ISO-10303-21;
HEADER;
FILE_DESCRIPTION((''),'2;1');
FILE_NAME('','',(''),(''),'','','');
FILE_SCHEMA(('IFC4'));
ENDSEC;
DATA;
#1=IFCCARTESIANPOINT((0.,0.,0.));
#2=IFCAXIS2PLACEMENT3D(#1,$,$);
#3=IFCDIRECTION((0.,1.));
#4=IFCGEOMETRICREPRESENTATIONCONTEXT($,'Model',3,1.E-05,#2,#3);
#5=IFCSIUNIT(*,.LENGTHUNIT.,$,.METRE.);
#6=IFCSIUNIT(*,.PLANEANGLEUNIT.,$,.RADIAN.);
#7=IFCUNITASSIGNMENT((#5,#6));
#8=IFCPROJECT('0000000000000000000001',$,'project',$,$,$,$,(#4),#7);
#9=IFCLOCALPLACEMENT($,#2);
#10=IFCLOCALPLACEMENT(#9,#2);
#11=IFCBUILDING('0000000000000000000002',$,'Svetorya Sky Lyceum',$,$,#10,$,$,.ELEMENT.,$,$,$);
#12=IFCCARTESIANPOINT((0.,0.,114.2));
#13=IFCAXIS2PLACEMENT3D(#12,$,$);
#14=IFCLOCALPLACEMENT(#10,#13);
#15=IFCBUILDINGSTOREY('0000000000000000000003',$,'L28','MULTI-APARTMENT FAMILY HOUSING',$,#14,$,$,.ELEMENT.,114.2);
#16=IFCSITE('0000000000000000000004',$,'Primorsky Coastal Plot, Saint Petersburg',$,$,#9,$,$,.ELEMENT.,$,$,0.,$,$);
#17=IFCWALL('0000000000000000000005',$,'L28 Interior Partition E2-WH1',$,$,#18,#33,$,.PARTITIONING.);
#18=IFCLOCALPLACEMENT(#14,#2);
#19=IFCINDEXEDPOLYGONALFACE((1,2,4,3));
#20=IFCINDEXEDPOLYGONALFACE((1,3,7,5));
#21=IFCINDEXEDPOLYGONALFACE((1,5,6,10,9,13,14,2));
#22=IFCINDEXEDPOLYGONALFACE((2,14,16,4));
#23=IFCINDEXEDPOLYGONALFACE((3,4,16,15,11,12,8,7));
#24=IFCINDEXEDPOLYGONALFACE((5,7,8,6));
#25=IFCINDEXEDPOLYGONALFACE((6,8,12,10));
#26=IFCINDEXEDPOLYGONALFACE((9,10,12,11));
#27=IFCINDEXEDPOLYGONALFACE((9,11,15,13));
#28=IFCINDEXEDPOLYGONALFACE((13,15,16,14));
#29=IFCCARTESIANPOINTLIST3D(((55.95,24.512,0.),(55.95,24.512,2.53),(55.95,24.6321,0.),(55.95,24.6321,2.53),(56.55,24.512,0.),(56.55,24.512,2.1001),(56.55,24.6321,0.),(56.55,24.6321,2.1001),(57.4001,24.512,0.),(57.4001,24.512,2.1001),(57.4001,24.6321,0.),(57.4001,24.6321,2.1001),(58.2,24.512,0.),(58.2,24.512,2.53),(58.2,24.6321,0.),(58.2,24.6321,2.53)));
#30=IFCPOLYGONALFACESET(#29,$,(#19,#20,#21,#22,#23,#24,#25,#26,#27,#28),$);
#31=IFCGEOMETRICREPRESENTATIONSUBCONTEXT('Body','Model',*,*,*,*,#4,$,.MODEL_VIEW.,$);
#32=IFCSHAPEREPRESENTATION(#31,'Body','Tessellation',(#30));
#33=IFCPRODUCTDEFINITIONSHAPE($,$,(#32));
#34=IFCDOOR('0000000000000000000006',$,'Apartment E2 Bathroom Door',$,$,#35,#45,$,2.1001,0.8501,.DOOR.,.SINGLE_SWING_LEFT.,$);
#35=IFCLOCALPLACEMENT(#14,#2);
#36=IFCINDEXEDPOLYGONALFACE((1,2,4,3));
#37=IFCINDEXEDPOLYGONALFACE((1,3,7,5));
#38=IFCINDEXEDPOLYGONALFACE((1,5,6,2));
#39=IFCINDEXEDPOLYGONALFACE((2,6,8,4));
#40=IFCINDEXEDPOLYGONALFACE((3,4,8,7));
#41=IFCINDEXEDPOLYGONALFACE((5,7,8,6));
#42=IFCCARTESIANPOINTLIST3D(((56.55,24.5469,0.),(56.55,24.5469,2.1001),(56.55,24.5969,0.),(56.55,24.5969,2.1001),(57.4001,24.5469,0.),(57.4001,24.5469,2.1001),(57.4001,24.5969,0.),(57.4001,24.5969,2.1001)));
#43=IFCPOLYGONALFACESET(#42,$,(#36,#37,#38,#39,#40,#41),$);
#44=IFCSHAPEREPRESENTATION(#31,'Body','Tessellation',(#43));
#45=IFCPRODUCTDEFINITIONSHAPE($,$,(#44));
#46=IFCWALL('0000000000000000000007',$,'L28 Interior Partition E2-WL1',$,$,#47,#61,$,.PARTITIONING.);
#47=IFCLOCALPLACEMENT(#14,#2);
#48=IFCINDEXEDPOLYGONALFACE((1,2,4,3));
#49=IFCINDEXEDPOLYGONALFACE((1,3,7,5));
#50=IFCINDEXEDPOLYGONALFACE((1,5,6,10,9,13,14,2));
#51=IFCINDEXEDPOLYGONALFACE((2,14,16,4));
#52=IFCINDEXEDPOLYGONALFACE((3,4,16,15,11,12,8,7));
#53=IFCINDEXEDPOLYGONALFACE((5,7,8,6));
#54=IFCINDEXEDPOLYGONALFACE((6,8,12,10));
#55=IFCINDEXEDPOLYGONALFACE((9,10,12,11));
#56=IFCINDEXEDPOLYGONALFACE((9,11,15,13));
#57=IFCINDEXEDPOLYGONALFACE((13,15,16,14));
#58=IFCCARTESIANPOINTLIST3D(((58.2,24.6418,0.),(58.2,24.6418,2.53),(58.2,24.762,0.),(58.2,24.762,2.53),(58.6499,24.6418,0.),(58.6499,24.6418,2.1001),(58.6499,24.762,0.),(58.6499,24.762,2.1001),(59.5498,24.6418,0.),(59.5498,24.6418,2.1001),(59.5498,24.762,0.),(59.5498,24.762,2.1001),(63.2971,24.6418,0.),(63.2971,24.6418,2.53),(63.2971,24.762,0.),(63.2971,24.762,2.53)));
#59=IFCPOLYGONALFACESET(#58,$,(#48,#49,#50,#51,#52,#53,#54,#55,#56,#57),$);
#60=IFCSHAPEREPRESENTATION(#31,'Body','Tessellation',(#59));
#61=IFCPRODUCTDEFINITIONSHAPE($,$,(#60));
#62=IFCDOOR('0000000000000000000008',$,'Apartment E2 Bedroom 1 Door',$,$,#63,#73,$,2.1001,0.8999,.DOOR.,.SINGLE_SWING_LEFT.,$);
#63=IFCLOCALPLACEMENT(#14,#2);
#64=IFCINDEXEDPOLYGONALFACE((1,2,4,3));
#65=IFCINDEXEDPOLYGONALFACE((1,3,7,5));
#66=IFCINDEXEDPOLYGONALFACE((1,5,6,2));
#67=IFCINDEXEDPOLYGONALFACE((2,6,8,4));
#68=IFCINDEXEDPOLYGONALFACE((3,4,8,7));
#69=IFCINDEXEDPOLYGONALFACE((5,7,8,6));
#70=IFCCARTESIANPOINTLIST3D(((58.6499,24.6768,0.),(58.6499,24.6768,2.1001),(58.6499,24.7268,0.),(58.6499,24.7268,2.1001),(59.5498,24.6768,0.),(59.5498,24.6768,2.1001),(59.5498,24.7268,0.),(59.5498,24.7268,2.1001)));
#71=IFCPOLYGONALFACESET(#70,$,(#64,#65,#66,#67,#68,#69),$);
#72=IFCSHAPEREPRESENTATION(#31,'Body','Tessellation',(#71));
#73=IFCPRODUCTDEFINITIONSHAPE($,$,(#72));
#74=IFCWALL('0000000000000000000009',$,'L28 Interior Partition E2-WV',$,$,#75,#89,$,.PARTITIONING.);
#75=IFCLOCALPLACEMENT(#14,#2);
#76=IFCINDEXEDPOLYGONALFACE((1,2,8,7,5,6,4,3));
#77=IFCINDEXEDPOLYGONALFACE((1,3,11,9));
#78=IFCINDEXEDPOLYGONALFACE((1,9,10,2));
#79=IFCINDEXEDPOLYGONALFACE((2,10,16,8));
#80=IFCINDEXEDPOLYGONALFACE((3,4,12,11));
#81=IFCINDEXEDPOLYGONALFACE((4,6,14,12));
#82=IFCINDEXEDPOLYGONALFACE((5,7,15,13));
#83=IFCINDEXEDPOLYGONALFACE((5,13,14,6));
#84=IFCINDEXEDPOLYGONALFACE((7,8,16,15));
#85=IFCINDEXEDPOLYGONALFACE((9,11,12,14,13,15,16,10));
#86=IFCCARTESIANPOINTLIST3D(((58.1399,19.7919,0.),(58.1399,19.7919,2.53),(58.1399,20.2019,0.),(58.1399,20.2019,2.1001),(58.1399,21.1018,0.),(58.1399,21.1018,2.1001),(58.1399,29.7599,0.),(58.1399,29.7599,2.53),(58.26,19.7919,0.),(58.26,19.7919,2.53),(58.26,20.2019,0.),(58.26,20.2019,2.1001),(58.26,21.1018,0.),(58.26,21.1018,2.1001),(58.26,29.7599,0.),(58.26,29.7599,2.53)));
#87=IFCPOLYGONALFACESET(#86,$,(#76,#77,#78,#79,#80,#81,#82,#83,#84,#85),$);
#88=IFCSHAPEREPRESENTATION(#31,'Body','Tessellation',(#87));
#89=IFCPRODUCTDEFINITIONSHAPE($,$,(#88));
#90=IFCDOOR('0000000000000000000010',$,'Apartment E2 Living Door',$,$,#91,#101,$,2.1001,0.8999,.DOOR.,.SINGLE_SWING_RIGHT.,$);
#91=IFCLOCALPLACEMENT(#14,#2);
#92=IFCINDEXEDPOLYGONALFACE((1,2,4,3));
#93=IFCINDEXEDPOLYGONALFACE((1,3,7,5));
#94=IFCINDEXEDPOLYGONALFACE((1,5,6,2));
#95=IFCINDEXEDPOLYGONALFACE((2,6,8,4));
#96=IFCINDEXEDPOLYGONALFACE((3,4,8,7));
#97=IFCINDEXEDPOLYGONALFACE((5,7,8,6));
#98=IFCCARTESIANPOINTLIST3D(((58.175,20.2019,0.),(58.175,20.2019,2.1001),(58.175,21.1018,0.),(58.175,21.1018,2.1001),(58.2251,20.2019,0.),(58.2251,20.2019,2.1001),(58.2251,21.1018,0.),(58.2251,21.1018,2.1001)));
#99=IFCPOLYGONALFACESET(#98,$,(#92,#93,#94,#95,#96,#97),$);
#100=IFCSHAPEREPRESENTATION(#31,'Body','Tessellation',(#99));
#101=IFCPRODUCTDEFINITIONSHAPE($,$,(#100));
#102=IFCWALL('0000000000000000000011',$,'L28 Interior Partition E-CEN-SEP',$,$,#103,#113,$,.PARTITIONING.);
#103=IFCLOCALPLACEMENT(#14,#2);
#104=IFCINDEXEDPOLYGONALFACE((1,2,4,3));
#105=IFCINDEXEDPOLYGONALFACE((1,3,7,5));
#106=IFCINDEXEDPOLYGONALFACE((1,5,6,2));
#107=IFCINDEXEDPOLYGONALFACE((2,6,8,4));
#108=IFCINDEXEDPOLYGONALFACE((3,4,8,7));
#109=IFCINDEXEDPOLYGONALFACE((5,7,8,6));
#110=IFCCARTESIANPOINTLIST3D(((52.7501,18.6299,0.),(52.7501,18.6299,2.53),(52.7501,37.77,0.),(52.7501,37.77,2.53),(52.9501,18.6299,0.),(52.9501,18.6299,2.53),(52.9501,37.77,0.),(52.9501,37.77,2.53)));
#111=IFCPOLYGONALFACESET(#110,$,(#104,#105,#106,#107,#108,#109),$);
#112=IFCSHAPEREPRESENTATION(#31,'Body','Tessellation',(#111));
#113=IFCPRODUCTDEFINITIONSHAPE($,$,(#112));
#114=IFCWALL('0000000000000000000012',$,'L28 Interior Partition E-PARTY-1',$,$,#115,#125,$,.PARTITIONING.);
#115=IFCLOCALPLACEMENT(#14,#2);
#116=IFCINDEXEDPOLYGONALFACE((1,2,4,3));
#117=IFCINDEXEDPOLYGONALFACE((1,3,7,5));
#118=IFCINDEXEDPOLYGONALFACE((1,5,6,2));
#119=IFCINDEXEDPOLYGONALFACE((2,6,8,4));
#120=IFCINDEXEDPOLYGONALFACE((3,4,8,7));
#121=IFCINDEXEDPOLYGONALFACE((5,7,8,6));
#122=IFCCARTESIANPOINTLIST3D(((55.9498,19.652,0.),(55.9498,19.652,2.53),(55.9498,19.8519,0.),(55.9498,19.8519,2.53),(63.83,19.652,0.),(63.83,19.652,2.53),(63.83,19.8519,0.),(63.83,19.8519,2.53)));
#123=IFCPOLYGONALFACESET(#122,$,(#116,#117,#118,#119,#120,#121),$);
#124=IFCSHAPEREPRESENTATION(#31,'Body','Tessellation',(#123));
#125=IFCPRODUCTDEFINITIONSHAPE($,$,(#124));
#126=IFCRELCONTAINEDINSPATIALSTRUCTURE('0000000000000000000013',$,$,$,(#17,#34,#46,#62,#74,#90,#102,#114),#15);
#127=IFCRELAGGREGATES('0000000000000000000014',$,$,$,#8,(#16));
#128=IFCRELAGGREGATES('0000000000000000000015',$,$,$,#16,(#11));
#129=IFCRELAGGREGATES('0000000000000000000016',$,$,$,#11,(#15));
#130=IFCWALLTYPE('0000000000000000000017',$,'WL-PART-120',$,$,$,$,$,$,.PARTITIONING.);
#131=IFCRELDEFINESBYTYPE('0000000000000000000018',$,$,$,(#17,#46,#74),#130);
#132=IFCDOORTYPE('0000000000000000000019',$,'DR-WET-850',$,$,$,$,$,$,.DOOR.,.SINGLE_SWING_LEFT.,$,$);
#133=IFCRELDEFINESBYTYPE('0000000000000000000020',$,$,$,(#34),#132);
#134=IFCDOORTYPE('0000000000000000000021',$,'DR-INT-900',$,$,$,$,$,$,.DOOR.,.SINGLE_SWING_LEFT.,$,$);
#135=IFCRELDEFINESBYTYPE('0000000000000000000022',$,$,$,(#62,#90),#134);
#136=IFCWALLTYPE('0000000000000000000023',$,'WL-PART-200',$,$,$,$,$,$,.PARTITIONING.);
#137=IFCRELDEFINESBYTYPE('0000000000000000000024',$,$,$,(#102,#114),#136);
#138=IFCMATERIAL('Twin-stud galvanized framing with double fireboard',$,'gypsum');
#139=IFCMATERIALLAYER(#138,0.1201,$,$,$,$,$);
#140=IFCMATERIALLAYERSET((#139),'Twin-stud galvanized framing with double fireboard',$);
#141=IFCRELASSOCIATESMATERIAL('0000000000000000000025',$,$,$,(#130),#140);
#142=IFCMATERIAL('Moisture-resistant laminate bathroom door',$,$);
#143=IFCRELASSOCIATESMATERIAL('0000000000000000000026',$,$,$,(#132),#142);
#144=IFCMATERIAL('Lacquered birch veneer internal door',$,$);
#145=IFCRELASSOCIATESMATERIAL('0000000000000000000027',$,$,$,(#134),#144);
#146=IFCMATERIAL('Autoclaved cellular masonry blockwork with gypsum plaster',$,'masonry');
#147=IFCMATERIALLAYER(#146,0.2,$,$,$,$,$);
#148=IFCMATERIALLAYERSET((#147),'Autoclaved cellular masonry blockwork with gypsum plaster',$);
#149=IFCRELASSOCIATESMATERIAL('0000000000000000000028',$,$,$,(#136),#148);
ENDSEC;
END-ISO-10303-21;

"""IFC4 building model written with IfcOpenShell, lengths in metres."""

from ifc_helpers import new_model, si_unit, direction, frame, frame_2d, origin, place, context, subcontext, project, spatial, rectangle, extrude, material, layer, layer_set, type_object, element, fill, save


model = new_model("IFC4")

# Units and contexts
model_context = context("Model", 3, precision=1e-05, world=origin(), true_north=direction((0.0, 1.0)))
body_context = subcontext(model_context, "Body", "Model", "MODEL_VIEW")
ifc_project = project(units=[si_unit("LENGTHUNIT", "METRE"), si_unit("PLANEANGLEUNIT", "RADIAN")], contexts=[model_context])

# Site, building, storey
site_placement = place(None, origin())
site = spatial("IfcSite", under=ifc_project, at=site_placement, Name="Primorsky Coastal Plot, Saint Petersburg", CompositionType="ELEMENT", RefElevation=0.0)
building_placement = place(site_placement, origin())
building = spatial("IfcBuilding", under=site, at=building_placement, Name="Svetorya Sky Lyceum", CompositionType="ELEMENT")
storey_placement = place(building_placement, frame((0.0, 0.0, 114.2)))
storey = spatial("IfcBuildingStorey", under=building, at=storey_placement, Name="L28", Description="MULTI-APARTMENT FAMILY HOUSING", CompositionType="ELEMENT", Elevation=114.2)

# Walls, openings, doors
ifc_material_1 = material(Name="Twin-stud galvanized framing with double fireboard", Category="gypsum")
ifc_layer_1 = layer(ifc_material_1, 0.1201)
ifc_layer_set_1 = layer_set([ifc_layer_1], Name="Twin-stud galvanized framing with double fireboard")
wall_type_1 = type_object("IfcWallType", Name="WL-PART-120", PredefinedType="PARTITIONING", material=ifc_layer_set_1)
wall_1_placement = place(storey_placement, frame((55.95, 24.572, 0.0), z_axis=(0.0, 0.0, 1.0), x_axis=(1.0, 0.0, 0.0)))
wall_1 = element("IfcWall", 1, at=wall_1_placement, inside=storey, type_object=wall_type_1, Name="L28 Interior Partition E2-WH1", PredefinedType="PARTITIONING", context=body_context, shape_type="SweptSolid", body=[
    extrude(rectangle(XDim=2.25, YDim=0.1201, at=frame_2d((1.125, 0.0))), origin(), (0.0, 0.0, 1.0), 2.53),
])
opening_1_placement = place(wall_1_placement, frame((0.6001, 0.0, 0.0)))
opening_1 = element("IfcOpeningElement", 2, at=opening_1_placement, cuts=wall_1, PredefinedType="OPENING", context=body_context, shape_type="SweptSolid", body=[
    extrude(rectangle(XDim=0.8501, YDim=2.1001, at=frame_2d((0.425, 1.05))), frame((0.0, 0.0701, 0.0), z_axis=(0.0, -1.0, 0.0), x_axis=(1.0, 0.0, 0.0)), (0.0, 0.0, 1.0), 0.1401),
])
ifc_material_2 = material(Name="Moisture-resistant laminate bathroom door")
door_type_1 = type_object("IfcDoorType", Name="DR-WET-850", OperationType="SINGLE_SWING_LEFT", PredefinedType="DOOR", material=ifc_material_2)
door_1_placement = place(opening_1_placement, origin())
door_1 = element("IfcDoor", 3, at=door_1_placement, inside=storey, type_object=door_type_1, Name="Apartment E2 Bathroom Door", OperationType="SINGLE_SWING_LEFT", OverallHeight=2.1001, OverallWidth=0.8501, PredefinedType="DOOR", context=body_context, shape_type="SweptSolid", body=[
    extrude(rectangle(XDim=0.8501, YDim=2.1001, at=frame_2d((0.425, 1.05))), frame((0.0, 0.0249, 0.0), z_axis=(0.0, -1.0, 0.0), x_axis=(1.0, 0.0, 0.0)), (0.0, 0.0, 1.0), 0.05),
])
fill(opening_1, door_1)
wall_2_placement = place(storey_placement, frame((58.2, 24.7019, 0.0), z_axis=(0.0, 0.0, 1.0), x_axis=(1.0, 0.0, 0.0)))
wall_2 = element("IfcWall", 4, at=wall_2_placement, inside=storey, type_object=wall_type_1, Name="L28 Interior Partition E2-WL1", PredefinedType="PARTITIONING", context=body_context, shape_type="SweptSolid", body=[
    extrude(rectangle(XDim=5.0972, YDim=0.1201, at=frame_2d((2.5486, 0.0))), origin(), (0.0, 0.0, 1.0), 2.53),
])
opening_2_placement = place(wall_2_placement, frame((0.45, 0.0, 0.0)))
opening_2 = element("IfcOpeningElement", 5, at=opening_2_placement, cuts=wall_2, PredefinedType="OPENING", context=body_context, shape_type="SweptSolid", body=[
    extrude(rectangle(XDim=0.8999, YDim=2.1001, at=frame_2d((0.45, 1.05))), frame((0.0, 0.0701, 0.0), z_axis=(0.0, -1.0, 0.0), x_axis=(1.0, 0.0, 0.0)), (0.0, 0.0, 1.0), 0.1401),
])
ifc_material_3 = material(Name="Lacquered birch veneer internal door")
door_type_2 = type_object("IfcDoorType", Name="DR-INT-900", OperationType="SINGLE_SWING_LEFT", PredefinedType="DOOR", material=ifc_material_3)
door_2_placement = place(opening_2_placement, origin())
door_2 = element("IfcDoor", 6, at=door_2_placement, inside=storey, type_object=door_type_2, Name="Apartment E2 Bedroom 1 Door", OperationType="SINGLE_SWING_LEFT", OverallHeight=2.1001, OverallWidth=0.8999, PredefinedType="DOOR", context=body_context, shape_type="SweptSolid", body=[
    extrude(rectangle(XDim=0.8999, YDim=2.1001, at=frame_2d((0.45, 1.05))), frame((0.0, 0.0249, 0.0), z_axis=(0.0, -1.0, 0.0), x_axis=(1.0, 0.0, 0.0)), (0.0, 0.0, 1.0), 0.05),
])
fill(opening_2, door_2)
wall_3_placement = place(storey_placement, frame((58.2, 19.792, 0.0), z_axis=(0.0, 0.0, 1.0), x_axis=(0.0, 1.0, 0.0)))
wall_3 = element("IfcWall", 7, at=wall_3_placement, inside=storey, type_object=wall_type_1, Name="L28 Interior Partition E2-WV", PredefinedType="PARTITIONING", context=body_context, shape_type="SweptSolid", body=[
    extrude(rectangle(XDim=9.968, YDim=0.1201, at=frame_2d((4.9839, 0.0))), origin(), (0.0, 0.0, 1.0), 2.53),
])
opening_3_placement = place(wall_3_placement, frame((0.4099, 0.0, 0.0)))
opening_3 = element("IfcOpeningElement", 8, at=opening_3_placement, cuts=wall_3, PredefinedType="OPENING", context=body_context, shape_type="SweptSolid", body=[
    extrude(rectangle(XDim=0.8999, YDim=2.1001, at=frame_2d((0.45, 1.05))), frame((0.0, 0.0701, 0.0), z_axis=(0.0, -1.0, 0.0), x_axis=(1.0, 0.0, 0.0)), (0.0, 0.0, 1.0), 0.1401),
])
door_3_placement = place(opening_3_placement, origin())
door_3 = element("IfcDoor", 9, at=door_3_placement, inside=storey, type_object=door_type_2, Name="Apartment E2 Living Door", OperationType="SINGLE_SWING_RIGHT", OverallHeight=2.1001, OverallWidth=0.8999, PredefinedType="DOOR", context=body_context, shape_type="SweptSolid", body=[
    extrude(rectangle(XDim=0.8999, YDim=2.1001, at=frame_2d((0.45, 1.05))), frame((0.0, 0.0249, 0.0), z_axis=(0.0, -1.0, 0.0), x_axis=(1.0, 0.0, 0.0)), (0.0, 0.0, 1.0), 0.05),
])
fill(opening_3, door_3)

# Walls
ifc_material_4 = material(Name="Autoclaved cellular masonry blockwork with gypsum plaster", Category="masonry")
ifc_layer_2 = layer(ifc_material_4, 0.2)
ifc_layer_set_2 = layer_set([ifc_layer_2], Name="Autoclaved cellular masonry blockwork with gypsum plaster")
wall_type_2 = type_object("IfcWallType", Name="WL-PART-200", PredefinedType="PARTITIONING", material=ifc_layer_set_2)
wall_4_placement = place(storey_placement, frame((52.8501, 18.6299, 0.0), z_axis=(0.0, 0.0, 1.0), x_axis=(0.0, 1.0, 0.0)))
element("IfcWall", 10, at=wall_4_placement, inside=storey, type_object=wall_type_2, Name="L28 Interior Partition E-CEN-SEP", PredefinedType="PARTITIONING", context=body_context, shape_type="SweptSolid", body=[
    extrude(rectangle(XDim=19.1401, YDim=0.2, at=frame_2d((9.5701, 0.0))), origin(), (0.0, 0.0, 1.0), 2.53),
])
wall_5_placement = place(storey_placement, frame((55.95, 19.752, 0.0), z_axis=(0.0, 0.0, 1.0), x_axis=(1.0, 0.0, 0.0)))
element("IfcWall", 11, at=wall_5_placement, inside=storey, type_object=wall_type_2, Name="L28 Interior Partition E-PARTY-1", PredefinedType="PARTITIONING", context=body_context, shape_type="SweptSolid", body=[
    extrude(rectangle(XDim=7.8801, YDim=0.2, at=frame_2d((3.9399, 0.0))), origin(), (0.0, 0.0, 1.0), 2.53),
])

save(model, "model.ifc")
